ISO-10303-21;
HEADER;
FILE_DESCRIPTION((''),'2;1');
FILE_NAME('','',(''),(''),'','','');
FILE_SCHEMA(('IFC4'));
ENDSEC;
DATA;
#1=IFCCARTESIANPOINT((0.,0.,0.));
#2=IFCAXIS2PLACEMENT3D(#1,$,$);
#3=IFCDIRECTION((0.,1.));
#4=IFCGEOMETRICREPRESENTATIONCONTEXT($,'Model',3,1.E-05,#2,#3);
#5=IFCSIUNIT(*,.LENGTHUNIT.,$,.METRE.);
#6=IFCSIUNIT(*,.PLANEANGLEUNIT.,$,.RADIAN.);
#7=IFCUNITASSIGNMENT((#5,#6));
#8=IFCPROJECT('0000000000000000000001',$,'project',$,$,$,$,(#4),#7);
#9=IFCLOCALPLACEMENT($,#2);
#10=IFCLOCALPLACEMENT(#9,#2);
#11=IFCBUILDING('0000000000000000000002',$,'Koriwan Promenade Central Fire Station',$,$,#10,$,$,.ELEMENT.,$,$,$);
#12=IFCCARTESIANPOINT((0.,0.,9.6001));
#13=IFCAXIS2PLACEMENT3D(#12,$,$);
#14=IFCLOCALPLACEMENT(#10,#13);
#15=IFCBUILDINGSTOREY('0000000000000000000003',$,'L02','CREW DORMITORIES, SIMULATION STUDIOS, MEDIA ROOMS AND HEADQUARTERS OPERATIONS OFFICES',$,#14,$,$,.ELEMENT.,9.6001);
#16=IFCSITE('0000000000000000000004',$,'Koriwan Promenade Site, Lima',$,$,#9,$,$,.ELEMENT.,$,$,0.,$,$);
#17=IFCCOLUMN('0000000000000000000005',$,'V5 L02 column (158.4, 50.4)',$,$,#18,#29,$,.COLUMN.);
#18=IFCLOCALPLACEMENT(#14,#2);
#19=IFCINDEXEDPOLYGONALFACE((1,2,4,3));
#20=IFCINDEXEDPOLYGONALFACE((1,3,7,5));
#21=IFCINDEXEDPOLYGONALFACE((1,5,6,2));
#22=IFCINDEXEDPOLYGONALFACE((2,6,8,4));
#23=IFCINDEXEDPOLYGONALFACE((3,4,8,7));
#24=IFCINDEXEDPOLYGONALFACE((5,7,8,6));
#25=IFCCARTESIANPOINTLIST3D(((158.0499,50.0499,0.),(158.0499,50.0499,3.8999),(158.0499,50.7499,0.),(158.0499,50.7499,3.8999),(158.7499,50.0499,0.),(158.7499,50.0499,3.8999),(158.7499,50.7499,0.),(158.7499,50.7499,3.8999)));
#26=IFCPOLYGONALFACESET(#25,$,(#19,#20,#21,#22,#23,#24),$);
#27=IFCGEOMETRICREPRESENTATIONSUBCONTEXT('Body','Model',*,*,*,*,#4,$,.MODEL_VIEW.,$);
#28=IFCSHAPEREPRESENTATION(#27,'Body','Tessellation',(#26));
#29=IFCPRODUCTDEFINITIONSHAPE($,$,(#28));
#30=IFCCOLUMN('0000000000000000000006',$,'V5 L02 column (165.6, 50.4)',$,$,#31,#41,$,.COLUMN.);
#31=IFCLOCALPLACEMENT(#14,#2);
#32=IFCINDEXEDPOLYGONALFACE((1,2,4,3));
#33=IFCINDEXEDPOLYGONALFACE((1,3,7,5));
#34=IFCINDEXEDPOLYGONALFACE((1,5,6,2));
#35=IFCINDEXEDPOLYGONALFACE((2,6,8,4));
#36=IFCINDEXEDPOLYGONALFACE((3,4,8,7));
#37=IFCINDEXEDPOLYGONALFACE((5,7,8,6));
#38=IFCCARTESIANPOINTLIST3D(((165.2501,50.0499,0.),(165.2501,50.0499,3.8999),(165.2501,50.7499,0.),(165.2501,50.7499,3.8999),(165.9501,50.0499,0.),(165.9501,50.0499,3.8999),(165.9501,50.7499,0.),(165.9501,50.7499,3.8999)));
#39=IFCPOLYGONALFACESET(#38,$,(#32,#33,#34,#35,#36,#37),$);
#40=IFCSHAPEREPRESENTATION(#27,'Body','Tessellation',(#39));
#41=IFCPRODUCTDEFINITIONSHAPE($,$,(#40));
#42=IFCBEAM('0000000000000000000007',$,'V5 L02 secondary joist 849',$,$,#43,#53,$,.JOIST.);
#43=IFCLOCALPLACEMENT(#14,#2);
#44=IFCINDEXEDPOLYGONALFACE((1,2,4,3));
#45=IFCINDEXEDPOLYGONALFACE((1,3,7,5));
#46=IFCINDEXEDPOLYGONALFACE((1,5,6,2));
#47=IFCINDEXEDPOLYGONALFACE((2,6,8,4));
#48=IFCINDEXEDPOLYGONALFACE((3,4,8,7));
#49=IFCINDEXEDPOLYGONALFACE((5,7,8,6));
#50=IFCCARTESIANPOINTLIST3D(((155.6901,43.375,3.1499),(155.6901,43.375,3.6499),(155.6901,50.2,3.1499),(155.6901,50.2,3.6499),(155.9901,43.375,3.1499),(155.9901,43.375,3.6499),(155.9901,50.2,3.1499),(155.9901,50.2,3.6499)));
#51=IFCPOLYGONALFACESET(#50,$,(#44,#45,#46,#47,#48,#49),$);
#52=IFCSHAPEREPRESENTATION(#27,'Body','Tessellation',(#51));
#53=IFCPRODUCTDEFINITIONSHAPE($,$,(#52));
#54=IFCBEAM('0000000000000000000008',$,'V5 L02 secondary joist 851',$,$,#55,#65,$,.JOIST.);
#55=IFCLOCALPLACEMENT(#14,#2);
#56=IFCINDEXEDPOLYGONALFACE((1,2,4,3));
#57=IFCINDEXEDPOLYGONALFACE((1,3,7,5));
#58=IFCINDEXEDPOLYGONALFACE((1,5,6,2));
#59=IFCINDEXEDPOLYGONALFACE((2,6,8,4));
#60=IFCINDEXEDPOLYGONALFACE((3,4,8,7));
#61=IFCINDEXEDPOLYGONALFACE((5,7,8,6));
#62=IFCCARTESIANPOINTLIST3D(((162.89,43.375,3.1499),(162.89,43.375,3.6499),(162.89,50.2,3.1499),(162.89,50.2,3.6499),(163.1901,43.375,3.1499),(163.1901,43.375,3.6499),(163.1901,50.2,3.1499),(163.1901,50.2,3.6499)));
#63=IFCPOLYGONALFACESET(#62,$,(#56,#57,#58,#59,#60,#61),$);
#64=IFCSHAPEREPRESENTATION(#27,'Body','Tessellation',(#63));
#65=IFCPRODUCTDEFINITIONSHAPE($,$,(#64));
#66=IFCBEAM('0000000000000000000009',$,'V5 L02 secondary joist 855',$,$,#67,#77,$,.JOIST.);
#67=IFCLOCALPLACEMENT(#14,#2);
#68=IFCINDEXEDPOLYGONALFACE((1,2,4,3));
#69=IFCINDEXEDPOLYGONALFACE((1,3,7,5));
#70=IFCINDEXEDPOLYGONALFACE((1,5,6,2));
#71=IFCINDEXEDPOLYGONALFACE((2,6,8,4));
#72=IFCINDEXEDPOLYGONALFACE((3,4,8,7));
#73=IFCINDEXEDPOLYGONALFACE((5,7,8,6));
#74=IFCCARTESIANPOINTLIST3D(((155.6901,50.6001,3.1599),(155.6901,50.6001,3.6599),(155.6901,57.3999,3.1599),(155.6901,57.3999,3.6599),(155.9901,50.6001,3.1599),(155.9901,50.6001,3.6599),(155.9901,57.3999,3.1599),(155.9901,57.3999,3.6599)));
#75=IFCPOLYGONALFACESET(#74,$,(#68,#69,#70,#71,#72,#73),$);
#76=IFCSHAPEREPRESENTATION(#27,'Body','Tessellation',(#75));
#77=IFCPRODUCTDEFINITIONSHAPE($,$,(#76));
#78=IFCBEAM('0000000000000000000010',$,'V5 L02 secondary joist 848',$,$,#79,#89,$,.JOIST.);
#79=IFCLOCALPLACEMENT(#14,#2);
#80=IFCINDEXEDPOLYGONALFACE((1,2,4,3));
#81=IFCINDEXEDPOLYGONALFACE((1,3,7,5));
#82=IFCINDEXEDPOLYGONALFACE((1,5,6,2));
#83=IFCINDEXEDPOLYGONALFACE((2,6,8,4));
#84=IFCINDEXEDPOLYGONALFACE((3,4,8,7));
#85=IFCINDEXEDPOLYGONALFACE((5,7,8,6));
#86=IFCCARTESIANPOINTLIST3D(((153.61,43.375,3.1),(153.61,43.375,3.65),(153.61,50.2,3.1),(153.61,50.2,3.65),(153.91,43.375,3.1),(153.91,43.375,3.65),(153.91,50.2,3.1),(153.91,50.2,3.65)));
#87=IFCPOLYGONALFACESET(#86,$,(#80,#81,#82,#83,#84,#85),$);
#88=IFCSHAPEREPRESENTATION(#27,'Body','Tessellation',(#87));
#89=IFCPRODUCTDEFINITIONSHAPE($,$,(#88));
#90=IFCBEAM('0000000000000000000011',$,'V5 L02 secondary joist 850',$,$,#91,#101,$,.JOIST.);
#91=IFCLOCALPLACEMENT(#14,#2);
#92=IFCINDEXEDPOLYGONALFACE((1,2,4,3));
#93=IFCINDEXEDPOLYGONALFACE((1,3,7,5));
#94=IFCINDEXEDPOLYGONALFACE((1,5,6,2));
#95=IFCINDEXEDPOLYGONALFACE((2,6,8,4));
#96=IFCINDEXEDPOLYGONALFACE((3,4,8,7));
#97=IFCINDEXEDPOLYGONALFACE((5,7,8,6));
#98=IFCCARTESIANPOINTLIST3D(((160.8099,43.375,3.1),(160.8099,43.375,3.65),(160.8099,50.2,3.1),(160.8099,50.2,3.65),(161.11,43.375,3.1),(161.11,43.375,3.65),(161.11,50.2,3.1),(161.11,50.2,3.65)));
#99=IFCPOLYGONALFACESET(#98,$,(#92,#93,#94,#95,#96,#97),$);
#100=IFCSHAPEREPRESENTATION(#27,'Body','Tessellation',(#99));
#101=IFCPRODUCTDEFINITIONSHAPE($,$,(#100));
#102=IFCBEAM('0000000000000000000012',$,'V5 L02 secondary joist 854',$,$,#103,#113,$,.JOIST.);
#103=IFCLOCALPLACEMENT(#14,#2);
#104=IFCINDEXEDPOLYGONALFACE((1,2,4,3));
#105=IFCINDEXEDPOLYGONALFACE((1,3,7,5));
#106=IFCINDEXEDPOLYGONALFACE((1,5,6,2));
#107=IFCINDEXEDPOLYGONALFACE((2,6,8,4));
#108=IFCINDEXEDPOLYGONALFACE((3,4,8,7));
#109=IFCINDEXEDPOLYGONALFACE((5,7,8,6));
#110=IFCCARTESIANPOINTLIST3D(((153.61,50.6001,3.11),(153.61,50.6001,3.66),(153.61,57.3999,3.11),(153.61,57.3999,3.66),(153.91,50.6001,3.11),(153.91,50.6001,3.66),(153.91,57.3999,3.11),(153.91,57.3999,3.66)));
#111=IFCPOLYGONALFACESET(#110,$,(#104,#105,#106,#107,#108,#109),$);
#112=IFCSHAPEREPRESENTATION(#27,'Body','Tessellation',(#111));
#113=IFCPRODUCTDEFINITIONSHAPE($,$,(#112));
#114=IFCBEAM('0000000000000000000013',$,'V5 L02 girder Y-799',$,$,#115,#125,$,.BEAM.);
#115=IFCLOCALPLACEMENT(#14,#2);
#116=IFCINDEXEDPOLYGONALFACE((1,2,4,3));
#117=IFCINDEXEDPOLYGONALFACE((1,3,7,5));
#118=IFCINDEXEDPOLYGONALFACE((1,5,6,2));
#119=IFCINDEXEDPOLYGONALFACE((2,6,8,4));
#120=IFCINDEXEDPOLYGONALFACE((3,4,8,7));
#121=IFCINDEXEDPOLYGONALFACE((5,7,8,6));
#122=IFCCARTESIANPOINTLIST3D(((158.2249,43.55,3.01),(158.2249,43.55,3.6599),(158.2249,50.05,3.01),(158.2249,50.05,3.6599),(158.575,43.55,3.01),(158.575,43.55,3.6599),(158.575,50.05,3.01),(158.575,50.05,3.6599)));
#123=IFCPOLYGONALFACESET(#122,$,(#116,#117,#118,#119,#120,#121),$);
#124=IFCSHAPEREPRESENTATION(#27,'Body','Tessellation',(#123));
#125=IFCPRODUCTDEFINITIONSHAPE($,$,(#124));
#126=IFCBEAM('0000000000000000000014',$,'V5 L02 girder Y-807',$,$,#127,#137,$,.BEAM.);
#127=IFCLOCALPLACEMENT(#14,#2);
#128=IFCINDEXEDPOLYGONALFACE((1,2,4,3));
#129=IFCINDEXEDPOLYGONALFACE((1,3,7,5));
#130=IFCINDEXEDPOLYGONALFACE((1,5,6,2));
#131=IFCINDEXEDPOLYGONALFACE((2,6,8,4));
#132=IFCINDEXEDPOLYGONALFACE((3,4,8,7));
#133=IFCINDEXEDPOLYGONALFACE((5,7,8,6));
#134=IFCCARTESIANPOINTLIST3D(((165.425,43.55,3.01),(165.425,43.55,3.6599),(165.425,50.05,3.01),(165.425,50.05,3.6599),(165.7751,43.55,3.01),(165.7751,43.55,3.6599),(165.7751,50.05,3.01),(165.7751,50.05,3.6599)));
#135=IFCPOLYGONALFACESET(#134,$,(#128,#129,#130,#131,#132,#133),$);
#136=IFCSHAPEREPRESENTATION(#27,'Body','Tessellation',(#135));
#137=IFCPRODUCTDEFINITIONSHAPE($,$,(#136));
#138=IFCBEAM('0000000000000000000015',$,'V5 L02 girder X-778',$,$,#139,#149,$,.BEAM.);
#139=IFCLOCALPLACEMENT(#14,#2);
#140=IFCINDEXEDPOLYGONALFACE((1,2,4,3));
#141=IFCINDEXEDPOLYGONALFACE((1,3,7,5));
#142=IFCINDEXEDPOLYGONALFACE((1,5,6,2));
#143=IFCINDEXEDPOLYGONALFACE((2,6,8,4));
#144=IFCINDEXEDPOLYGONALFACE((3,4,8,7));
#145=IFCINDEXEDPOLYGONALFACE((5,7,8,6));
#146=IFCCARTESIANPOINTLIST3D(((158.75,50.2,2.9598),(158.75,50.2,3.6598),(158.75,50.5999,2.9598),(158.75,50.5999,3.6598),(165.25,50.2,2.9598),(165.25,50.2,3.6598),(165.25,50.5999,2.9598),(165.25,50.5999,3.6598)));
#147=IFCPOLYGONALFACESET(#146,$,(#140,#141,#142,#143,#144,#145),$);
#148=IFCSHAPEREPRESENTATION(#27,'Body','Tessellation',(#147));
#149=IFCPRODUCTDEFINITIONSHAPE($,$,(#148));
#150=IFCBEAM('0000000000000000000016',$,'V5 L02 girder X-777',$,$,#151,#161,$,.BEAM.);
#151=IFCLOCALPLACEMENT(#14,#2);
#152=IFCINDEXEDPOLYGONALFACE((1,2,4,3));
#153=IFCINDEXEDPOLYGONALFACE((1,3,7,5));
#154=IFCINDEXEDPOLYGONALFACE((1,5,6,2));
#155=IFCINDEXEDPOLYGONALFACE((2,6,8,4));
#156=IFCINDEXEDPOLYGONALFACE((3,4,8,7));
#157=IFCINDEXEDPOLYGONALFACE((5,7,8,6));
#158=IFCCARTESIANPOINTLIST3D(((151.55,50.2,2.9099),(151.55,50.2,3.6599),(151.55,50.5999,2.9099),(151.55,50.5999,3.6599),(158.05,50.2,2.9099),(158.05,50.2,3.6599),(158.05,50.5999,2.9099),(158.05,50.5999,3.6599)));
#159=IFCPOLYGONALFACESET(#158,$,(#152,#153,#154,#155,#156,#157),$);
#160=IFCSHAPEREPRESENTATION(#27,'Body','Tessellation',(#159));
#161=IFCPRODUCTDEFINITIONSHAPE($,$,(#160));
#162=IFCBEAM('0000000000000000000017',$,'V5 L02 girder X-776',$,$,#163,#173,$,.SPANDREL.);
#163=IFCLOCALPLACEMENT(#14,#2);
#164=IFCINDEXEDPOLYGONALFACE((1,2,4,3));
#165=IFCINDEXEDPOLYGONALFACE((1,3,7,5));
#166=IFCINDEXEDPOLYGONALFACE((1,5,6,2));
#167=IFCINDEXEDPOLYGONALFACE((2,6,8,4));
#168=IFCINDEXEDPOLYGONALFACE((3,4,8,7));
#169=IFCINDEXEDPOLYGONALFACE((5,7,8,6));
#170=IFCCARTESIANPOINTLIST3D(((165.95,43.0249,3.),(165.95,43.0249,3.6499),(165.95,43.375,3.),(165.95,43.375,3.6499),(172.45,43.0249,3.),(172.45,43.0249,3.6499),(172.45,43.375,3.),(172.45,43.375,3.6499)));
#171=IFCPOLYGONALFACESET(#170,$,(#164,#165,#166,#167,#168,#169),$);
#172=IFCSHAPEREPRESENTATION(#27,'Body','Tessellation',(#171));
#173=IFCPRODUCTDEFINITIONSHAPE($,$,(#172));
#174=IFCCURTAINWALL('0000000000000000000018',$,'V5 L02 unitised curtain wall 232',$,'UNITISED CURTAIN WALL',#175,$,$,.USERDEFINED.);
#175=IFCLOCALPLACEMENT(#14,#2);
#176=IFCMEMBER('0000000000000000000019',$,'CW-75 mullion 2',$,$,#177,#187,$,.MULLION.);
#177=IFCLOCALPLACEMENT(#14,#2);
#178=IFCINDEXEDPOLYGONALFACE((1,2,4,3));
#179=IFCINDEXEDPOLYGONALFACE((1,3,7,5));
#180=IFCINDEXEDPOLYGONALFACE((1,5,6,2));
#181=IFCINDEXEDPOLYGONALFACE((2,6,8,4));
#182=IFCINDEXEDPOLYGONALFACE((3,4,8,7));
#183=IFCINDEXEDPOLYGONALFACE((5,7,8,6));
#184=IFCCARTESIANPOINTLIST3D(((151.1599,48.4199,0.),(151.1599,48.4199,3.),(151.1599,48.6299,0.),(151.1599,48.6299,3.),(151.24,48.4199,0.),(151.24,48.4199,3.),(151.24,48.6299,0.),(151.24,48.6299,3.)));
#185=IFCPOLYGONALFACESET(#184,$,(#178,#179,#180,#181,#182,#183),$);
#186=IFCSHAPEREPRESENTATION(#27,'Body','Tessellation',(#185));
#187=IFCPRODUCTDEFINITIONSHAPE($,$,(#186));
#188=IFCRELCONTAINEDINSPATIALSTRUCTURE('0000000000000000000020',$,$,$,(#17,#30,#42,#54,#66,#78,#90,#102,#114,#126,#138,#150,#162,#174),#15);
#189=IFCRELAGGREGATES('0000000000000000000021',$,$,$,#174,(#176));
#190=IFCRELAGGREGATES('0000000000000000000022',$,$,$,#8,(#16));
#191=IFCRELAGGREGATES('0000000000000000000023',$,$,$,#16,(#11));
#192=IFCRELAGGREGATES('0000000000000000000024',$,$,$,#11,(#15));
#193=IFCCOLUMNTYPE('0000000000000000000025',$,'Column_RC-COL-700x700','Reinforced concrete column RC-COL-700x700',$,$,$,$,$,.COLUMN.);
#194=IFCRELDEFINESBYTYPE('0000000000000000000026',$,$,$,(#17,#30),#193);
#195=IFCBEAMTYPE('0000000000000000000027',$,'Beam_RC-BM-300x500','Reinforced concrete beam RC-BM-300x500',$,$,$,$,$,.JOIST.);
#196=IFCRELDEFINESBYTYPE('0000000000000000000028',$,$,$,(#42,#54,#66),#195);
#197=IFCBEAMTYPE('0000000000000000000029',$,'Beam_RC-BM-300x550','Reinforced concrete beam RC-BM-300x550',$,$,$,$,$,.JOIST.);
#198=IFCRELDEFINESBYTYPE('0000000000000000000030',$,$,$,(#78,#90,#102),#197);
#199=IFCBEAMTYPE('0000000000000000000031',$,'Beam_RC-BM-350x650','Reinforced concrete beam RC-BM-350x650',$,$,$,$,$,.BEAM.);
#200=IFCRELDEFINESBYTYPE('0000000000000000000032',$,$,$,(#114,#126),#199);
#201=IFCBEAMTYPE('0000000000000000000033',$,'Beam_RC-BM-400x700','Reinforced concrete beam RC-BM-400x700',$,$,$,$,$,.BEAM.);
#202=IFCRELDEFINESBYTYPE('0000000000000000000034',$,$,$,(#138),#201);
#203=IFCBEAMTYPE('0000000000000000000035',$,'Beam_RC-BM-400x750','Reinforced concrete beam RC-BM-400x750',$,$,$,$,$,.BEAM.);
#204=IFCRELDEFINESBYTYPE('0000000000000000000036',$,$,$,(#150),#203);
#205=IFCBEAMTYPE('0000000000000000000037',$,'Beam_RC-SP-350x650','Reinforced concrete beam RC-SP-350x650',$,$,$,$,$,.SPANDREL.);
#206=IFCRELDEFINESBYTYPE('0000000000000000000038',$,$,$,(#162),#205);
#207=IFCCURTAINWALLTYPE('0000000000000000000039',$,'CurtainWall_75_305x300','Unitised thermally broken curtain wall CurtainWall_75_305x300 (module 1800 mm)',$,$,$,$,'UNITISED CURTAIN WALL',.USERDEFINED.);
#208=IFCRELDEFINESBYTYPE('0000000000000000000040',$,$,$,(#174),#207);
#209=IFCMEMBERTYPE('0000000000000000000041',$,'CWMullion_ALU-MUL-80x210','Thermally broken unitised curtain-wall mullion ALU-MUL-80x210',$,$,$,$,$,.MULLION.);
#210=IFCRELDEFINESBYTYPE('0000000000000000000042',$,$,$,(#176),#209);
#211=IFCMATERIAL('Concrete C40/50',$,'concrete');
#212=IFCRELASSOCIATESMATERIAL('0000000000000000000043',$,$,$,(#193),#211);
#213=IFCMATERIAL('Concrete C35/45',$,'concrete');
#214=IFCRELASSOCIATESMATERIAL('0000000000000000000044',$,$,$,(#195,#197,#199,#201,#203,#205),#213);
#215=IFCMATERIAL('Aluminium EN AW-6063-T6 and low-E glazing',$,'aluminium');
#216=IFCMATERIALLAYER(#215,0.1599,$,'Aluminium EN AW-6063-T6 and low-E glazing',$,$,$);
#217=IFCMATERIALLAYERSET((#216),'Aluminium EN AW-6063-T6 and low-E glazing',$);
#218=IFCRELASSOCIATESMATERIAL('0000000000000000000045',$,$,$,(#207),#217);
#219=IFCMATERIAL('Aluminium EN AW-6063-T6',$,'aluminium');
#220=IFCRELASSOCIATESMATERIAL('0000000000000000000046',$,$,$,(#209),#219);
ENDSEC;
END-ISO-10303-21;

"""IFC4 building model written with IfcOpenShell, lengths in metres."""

from ifc_helpers import new_model, si_unit, direction, frame, origin, origin_2d, place, context, subcontext, project, spatial, rectangle, extrude, material, layer, layer_set, material_profile, profile_set, type_object, element, aggregate, save


model = new_model("IFC4")

# Units and contexts
model_context = context("Model", 3, precision=1e-05, world=origin(), true_north=direction((0.0, 1.0)))
body_context = subcontext(model_context, "Body", "Model", "MODEL_VIEW")
ifc_project = project(units=[si_unit("LENGTHUNIT", "METRE"), si_unit("PLANEANGLEUNIT", "RADIAN")], contexts=[model_context])

# Site, building, storey
site_placement = place(None, origin())
site = spatial("IfcSite", under=ifc_project, at=site_placement, Name="Koriwan Promenade Site, Lima", CompositionType="ELEMENT", RefElevation=0.0)
building_placement = place(site_placement, origin())
building = spatial("IfcBuilding", under=site, at=building_placement, Name="Koriwan Promenade Central Fire Station", CompositionType="ELEMENT")
storey_placement = place(building_placement, frame((0.0, 0.0, 9.6001)))
storey = spatial("IfcBuildingStorey", under=building, at=storey_placement, Name="L02", Description="CREW DORMITORIES, SIMULATION STUDIOS, MEDIA ROOMS AND HEADQUARTERS OPERATIONS OFFICES", CompositionType="ELEMENT", Elevation=9.6001)

# Columns
ifc_material_1 = material(Name="Concrete C40/50", Category="concrete")
ifc_material_profile_1 = material_profile(ifc_material_1, rectangle(XDim=0.7, YDim=0.7, at=origin_2d()), Name="RC-COL-700x700")
ifc_profile_set_1 = profile_set([ifc_material_profile_1], Name="Concrete C40/50")
column_type = type_object("IfcColumnType", Name="Column_RC-COL-700x700", Description="Reinforced concrete column RC-COL-700x700", PredefinedType="COLUMN", material=ifc_profile_set_1)
for number, where, z_axis, x_axis, name in (
    (1, (158.3999, 50.3999, 0.0), (0.0, 0.0, 1.0), (1.0, 0.0, 0.0), "V5 L02 column (158.4, 50.4)"),
    (2, (165.6001, 50.3999, 0.0), (0.0, 0.0, 1.0), (1.0, 0.0, 0.0), "V5 L02 column (165.6, 50.4)"),
):
    element("IfcColumn", number, at=place(storey_placement, frame(where, z_axis=z_axis, x_axis=x_axis)), inside=storey, type_object=column_type, Name=name, PredefinedType="COLUMN", context=body_context, shape_type="SweptSolid", body=[
        extrude(rectangle(XDim=0.7, YDim=0.7, at=origin_2d()), origin(), (0.0, 0.0, 1.0), 3.8999),
    ])

# Beams
ifc_material_2 = material(Name="Concrete C35/45", Category="concrete")
ifc_material_profile_2 = material_profile(ifc_material_2, rectangle(XDim=0.3, YDim=0.5, at=origin_2d()), Name="RC-BM-300x500")
ifc_profile_set_2 = profile_set([ifc_material_profile_2], Name="Concrete C35/45")
beam_type_1 = type_object("IfcBeamType", Name="Beam_RC-BM-300x500", Description="Reinforced concrete beam RC-BM-300x500", PredefinedType="JOIST", material=ifc_profile_set_2)
for number, where, z_axis, x_axis, name in (
    (3, (155.8401, 43.375, 3.3999), (0.0, 1.0, 0.0), (-1.0, 0.0, 0.0), "V5 L02 secondary joist 849"),
    (4, (163.04, 43.375, 3.3999), (0.0, 1.0, 0.0), (-1.0, 0.0, 0.0), "V5 L02 secondary joist 851"),
):
    element("IfcBeam", number, at=place(storey_placement, frame(where, z_axis=z_axis, x_axis=x_axis)), inside=storey, type_object=beam_type_1, Name=name, PredefinedType="JOIST", context=body_context, shape_type="SweptSolid", body=[
        extrude(rectangle(XDim=0.3, YDim=0.5, at=origin_2d()), origin(), (0.0, 0.0, 1.0), 6.825),
    ])
beam_1_placement = place(storey_placement, frame((155.8401, 50.6001, 3.4099), z_axis=(0.0, 1.0, 0.0), x_axis=(-1.0, 0.0, 0.0)))
element("IfcBeam", 5, at=beam_1_placement, inside=storey, type_object=beam_type_1, Name="V5 L02 secondary joist 855", PredefinedType="JOIST", context=body_context, shape_type="SweptSolid", body=[
    extrude(rectangle(XDim=0.3, YDim=0.5, at=origin_2d()), origin(), (0.0, 0.0, 1.0), 6.7998),
])
ifc_material_profile_3 = material_profile(ifc_material_2, rectangle(XDim=0.3, YDim=0.55, at=origin_2d()), Name="RC-BM-300x550")
ifc_profile_set_3 = profile_set([ifc_material_profile_3], Name="Concrete C35/45")
beam_type_2 = type_object("IfcBeamType", Name="Beam_RC-BM-300x550", Description="Reinforced concrete beam RC-BM-300x550", PredefinedType="JOIST", material=ifc_profile_set_3)
for number, where, z_axis, x_axis, name in (
    (6, (153.76, 43.375, 3.375), (0.0, 1.0, 0.0), (-1.0, 0.0, 0.0), "V5 L02 secondary joist 848"),
    (7, (160.96, 43.375, 3.375), (0.0, 1.0, 0.0), (-1.0, 0.0, 0.0), "V5 L02 secondary joist 850"),
):
    element("IfcBeam", number, at=place(storey_placement, frame(where, z_axis=z_axis, x_axis=x_axis)), inside=storey, type_object=beam_type_2, Name=name, PredefinedType="JOIST", context=body_context, shape_type="SweptSolid", body=[
        extrude(rectangle(XDim=0.3, YDim=0.55, at=origin_2d()), origin(), (0.0, 0.0, 1.0), 6.825),
    ])
beam_2_placement = place(storey_placement, frame((153.76, 50.6001, 3.385), z_axis=(0.0, 1.0, 0.0), x_axis=(-1.0, 0.0, 0.0)))
element("IfcBeam", 8, at=beam_2_placement, inside=storey, type_object=beam_type_2, Name="V5 L02 secondary joist 854", PredefinedType="JOIST", context=body_context, shape_type="SweptSolid", body=[
    extrude(rectangle(XDim=0.3, YDim=0.55, at=origin_2d()), origin(), (0.0, 0.0, 1.0), 6.7998),
])
ifc_material_profile_4 = material_profile(ifc_material_2, rectangle(XDim=0.3501, YDim=0.6499, at=origin_2d()), Name="RC-BM-350x650")
ifc_profile_set_4 = profile_set([ifc_material_profile_4], Name="Concrete C35/45")
beam_type_3 = type_object("IfcBeamType", Name="Beam_RC-BM-350x650", Description="Reinforced concrete beam RC-BM-350x650", PredefinedType="BEAM", material=ifc_profile_set_4)
for number, where, z_axis, x_axis, name in (
    (9, (158.3999, 43.55, 3.335), (0.0, 1.0, 0.0), (-1.0, 0.0, 0.0), "V5 L02 girder Y-799"),
    (10, (165.6001, 43.55, 3.335), (0.0, 1.0, 0.0), (-1.0, 0.0, 0.0), "V5 L02 girder Y-807"),
):
    element("IfcBeam", number, at=place(storey_placement, frame(where, z_axis=z_axis, x_axis=x_axis)), inside=storey, type_object=beam_type_3, Name=name, PredefinedType="BEAM", context=body_context, shape_type="SweptSolid", body=[
        extrude(rectangle(XDim=0.3501, YDim=0.6499, at=origin_2d()), origin(), (0.0, 0.0, 1.0), 6.5),
    ])
ifc_material_profile_5 = material_profile(ifc_material_2, rectangle(XDim=0.3999, YDim=0.7, at=origin_2d()), Name="RC-BM-400x700")
ifc_profile_set_5 = profile_set([ifc_material_profile_5], Name="Concrete C35/45")
beam_type_4 = type_object("IfcBeamType", Name="Beam_RC-BM-400x700", Description="Reinforced concrete beam RC-BM-400x700", PredefinedType="BEAM", material=ifc_profile_set_5)
beam_3_placement = place(storey_placement, frame((158.75, 50.3999, 3.3098), z_axis=(1.0, 0.0, 0.0), x_axis=(0.0, 1.0, 0.0)))
element("IfcBeam", 11, at=beam_3_placement, inside=storey, type_object=beam_type_4, Name="V5 L02 girder X-778", PredefinedType="BEAM", context=body_context, shape_type="SweptSolid", body=[
    extrude(rectangle(XDim=0.3999, YDim=0.7, at=origin_2d()), origin(), (0.0, 0.0, 1.0), 6.5),
])
ifc_material_profile_6 = material_profile(ifc_material_2, rectangle(XDim=0.3999, YDim=0.75, at=origin_2d()), Name="RC-BM-400x750")
ifc_profile_set_6 = profile_set([ifc_material_profile_6], Name="Concrete C35/45")
beam_type_5 = type_object("IfcBeamType", Name="Beam_RC-BM-400x750", Description="Reinforced concrete beam RC-BM-400x750", PredefinedType="BEAM", material=ifc_profile_set_6)
beam_4_placement = place(storey_placement, frame((151.55, 50.3999, 3.2849), z_axis=(1.0, 0.0, 0.0), x_axis=(0.0, 1.0, 0.0)))
element("IfcBeam", 12, at=beam_4_placement, inside=storey, type_object=beam_type_5, Name="V5 L02 girder X-777", PredefinedType="BEAM", context=body_context, shape_type="SweptSolid", body=[
    extrude(rectangle(XDim=0.3999, YDim=0.75, at=origin_2d()), origin(), (0.0, 0.0, 1.0), 6.5),
])
ifc_material_profile_7 = material_profile(ifc_material_2, rectangle(XDim=0.3501, YDim=0.6499, at=origin_2d()), Name="RC-SP-350x650")
ifc_profile_set_7 = profile_set([ifc_material_profile_7], Name="Concrete C35/45")
beam_type_6 = type_object("IfcBeamType", Name="Beam_RC-SP-350x650", Description="Reinforced concrete beam RC-SP-350x650", PredefinedType="SPANDREL", material=ifc_profile_set_7)
beam_5_placement = place(storey_placement, frame((165.95, 43.2, 3.325), z_axis=(1.0, 0.0, 0.0), x_axis=(0.0, 1.0, 0.0)))
element("IfcBeam", 13, at=beam_5_placement, inside=storey, type_object=beam_type_6, Name="V5 L02 girder X-776", PredefinedType="SPANDREL", context=body_context, shape_type="SweptSolid", body=[
    extrude(rectangle(XDim=0.3501, YDim=0.6499, at=origin_2d()), origin(), (0.0, 0.0, 1.0), 6.5),
])

# Curtain wall, member
ifc_material_3 = material(Name="Aluminium EN AW-6063-T6 and low-E glazing", Category="aluminium")
ifc_layer_1 = layer(ifc_material_3, 0.1599, Name="Aluminium EN AW-6063-T6 and low-E glazing")
ifc_layer_set_1 = layer_set([ifc_layer_1], Name="Aluminium EN AW-6063-T6 and low-E glazing")
curtain_wall_type = type_object("IfcCurtainWallType", Name="CurtainWall_75_305x300", Description="Unitised thermally broken curtain wall CurtainWall_75_305x300 (module 1800 mm)", ElementType="UNITISED CURTAIN WALL", PredefinedType="USERDEFINED", material=ifc_layer_set_1)
curtain_wall_placement = place(storey_placement, origin())
curtain_wall = element("IfcCurtainWall", 14, at=curtain_wall_placement, inside=storey, type_object=curtain_wall_type, Name="V5 L02 unitised curtain wall 232", ObjectType="UNITISED CURTAIN WALL", PredefinedType="USERDEFINED")
ifc_material_4 = material(Name="Aluminium EN AW-6063-T6", Category="aluminium")
ifc_material_profile_8 = material_profile(ifc_material_4, rectangle(XDim=0.0801, YDim=0.21, at=origin_2d()), Name="ALU-MUL-80x210")
ifc_profile_set_8 = profile_set([ifc_material_profile_8], Name="Aluminium EN AW-6063-T6")
member_type_1 = type_object("IfcMemberType", Name="CWMullion_ALU-MUL-80x210", Description="Thermally broken unitised curtain-wall mullion ALU-MUL-80x210", PredefinedType="MULLION", material=ifc_profile_set_8)
member_1_placement = place(storey_placement, frame((151.2, 48.5249, 0.0), z_axis=(0.0, 0.0, 1.0), x_axis=(-1.0, 0.0, 0.0)))
member_1 = element("IfcMember", 15, at=member_1_placement, type_object=member_type_1, Name="CW-75 mullion 2", PredefinedType="MULLION", context=body_context, shape_type="SweptSolid", body=[
    extrude(rectangle(XDim=0.0801, YDim=0.21, at=origin_2d()), origin(), (0.0, 0.0, 1.0), 3.0),
])
aggregate(curtain_wall, [member_1])

save(model, "model.ifc")
